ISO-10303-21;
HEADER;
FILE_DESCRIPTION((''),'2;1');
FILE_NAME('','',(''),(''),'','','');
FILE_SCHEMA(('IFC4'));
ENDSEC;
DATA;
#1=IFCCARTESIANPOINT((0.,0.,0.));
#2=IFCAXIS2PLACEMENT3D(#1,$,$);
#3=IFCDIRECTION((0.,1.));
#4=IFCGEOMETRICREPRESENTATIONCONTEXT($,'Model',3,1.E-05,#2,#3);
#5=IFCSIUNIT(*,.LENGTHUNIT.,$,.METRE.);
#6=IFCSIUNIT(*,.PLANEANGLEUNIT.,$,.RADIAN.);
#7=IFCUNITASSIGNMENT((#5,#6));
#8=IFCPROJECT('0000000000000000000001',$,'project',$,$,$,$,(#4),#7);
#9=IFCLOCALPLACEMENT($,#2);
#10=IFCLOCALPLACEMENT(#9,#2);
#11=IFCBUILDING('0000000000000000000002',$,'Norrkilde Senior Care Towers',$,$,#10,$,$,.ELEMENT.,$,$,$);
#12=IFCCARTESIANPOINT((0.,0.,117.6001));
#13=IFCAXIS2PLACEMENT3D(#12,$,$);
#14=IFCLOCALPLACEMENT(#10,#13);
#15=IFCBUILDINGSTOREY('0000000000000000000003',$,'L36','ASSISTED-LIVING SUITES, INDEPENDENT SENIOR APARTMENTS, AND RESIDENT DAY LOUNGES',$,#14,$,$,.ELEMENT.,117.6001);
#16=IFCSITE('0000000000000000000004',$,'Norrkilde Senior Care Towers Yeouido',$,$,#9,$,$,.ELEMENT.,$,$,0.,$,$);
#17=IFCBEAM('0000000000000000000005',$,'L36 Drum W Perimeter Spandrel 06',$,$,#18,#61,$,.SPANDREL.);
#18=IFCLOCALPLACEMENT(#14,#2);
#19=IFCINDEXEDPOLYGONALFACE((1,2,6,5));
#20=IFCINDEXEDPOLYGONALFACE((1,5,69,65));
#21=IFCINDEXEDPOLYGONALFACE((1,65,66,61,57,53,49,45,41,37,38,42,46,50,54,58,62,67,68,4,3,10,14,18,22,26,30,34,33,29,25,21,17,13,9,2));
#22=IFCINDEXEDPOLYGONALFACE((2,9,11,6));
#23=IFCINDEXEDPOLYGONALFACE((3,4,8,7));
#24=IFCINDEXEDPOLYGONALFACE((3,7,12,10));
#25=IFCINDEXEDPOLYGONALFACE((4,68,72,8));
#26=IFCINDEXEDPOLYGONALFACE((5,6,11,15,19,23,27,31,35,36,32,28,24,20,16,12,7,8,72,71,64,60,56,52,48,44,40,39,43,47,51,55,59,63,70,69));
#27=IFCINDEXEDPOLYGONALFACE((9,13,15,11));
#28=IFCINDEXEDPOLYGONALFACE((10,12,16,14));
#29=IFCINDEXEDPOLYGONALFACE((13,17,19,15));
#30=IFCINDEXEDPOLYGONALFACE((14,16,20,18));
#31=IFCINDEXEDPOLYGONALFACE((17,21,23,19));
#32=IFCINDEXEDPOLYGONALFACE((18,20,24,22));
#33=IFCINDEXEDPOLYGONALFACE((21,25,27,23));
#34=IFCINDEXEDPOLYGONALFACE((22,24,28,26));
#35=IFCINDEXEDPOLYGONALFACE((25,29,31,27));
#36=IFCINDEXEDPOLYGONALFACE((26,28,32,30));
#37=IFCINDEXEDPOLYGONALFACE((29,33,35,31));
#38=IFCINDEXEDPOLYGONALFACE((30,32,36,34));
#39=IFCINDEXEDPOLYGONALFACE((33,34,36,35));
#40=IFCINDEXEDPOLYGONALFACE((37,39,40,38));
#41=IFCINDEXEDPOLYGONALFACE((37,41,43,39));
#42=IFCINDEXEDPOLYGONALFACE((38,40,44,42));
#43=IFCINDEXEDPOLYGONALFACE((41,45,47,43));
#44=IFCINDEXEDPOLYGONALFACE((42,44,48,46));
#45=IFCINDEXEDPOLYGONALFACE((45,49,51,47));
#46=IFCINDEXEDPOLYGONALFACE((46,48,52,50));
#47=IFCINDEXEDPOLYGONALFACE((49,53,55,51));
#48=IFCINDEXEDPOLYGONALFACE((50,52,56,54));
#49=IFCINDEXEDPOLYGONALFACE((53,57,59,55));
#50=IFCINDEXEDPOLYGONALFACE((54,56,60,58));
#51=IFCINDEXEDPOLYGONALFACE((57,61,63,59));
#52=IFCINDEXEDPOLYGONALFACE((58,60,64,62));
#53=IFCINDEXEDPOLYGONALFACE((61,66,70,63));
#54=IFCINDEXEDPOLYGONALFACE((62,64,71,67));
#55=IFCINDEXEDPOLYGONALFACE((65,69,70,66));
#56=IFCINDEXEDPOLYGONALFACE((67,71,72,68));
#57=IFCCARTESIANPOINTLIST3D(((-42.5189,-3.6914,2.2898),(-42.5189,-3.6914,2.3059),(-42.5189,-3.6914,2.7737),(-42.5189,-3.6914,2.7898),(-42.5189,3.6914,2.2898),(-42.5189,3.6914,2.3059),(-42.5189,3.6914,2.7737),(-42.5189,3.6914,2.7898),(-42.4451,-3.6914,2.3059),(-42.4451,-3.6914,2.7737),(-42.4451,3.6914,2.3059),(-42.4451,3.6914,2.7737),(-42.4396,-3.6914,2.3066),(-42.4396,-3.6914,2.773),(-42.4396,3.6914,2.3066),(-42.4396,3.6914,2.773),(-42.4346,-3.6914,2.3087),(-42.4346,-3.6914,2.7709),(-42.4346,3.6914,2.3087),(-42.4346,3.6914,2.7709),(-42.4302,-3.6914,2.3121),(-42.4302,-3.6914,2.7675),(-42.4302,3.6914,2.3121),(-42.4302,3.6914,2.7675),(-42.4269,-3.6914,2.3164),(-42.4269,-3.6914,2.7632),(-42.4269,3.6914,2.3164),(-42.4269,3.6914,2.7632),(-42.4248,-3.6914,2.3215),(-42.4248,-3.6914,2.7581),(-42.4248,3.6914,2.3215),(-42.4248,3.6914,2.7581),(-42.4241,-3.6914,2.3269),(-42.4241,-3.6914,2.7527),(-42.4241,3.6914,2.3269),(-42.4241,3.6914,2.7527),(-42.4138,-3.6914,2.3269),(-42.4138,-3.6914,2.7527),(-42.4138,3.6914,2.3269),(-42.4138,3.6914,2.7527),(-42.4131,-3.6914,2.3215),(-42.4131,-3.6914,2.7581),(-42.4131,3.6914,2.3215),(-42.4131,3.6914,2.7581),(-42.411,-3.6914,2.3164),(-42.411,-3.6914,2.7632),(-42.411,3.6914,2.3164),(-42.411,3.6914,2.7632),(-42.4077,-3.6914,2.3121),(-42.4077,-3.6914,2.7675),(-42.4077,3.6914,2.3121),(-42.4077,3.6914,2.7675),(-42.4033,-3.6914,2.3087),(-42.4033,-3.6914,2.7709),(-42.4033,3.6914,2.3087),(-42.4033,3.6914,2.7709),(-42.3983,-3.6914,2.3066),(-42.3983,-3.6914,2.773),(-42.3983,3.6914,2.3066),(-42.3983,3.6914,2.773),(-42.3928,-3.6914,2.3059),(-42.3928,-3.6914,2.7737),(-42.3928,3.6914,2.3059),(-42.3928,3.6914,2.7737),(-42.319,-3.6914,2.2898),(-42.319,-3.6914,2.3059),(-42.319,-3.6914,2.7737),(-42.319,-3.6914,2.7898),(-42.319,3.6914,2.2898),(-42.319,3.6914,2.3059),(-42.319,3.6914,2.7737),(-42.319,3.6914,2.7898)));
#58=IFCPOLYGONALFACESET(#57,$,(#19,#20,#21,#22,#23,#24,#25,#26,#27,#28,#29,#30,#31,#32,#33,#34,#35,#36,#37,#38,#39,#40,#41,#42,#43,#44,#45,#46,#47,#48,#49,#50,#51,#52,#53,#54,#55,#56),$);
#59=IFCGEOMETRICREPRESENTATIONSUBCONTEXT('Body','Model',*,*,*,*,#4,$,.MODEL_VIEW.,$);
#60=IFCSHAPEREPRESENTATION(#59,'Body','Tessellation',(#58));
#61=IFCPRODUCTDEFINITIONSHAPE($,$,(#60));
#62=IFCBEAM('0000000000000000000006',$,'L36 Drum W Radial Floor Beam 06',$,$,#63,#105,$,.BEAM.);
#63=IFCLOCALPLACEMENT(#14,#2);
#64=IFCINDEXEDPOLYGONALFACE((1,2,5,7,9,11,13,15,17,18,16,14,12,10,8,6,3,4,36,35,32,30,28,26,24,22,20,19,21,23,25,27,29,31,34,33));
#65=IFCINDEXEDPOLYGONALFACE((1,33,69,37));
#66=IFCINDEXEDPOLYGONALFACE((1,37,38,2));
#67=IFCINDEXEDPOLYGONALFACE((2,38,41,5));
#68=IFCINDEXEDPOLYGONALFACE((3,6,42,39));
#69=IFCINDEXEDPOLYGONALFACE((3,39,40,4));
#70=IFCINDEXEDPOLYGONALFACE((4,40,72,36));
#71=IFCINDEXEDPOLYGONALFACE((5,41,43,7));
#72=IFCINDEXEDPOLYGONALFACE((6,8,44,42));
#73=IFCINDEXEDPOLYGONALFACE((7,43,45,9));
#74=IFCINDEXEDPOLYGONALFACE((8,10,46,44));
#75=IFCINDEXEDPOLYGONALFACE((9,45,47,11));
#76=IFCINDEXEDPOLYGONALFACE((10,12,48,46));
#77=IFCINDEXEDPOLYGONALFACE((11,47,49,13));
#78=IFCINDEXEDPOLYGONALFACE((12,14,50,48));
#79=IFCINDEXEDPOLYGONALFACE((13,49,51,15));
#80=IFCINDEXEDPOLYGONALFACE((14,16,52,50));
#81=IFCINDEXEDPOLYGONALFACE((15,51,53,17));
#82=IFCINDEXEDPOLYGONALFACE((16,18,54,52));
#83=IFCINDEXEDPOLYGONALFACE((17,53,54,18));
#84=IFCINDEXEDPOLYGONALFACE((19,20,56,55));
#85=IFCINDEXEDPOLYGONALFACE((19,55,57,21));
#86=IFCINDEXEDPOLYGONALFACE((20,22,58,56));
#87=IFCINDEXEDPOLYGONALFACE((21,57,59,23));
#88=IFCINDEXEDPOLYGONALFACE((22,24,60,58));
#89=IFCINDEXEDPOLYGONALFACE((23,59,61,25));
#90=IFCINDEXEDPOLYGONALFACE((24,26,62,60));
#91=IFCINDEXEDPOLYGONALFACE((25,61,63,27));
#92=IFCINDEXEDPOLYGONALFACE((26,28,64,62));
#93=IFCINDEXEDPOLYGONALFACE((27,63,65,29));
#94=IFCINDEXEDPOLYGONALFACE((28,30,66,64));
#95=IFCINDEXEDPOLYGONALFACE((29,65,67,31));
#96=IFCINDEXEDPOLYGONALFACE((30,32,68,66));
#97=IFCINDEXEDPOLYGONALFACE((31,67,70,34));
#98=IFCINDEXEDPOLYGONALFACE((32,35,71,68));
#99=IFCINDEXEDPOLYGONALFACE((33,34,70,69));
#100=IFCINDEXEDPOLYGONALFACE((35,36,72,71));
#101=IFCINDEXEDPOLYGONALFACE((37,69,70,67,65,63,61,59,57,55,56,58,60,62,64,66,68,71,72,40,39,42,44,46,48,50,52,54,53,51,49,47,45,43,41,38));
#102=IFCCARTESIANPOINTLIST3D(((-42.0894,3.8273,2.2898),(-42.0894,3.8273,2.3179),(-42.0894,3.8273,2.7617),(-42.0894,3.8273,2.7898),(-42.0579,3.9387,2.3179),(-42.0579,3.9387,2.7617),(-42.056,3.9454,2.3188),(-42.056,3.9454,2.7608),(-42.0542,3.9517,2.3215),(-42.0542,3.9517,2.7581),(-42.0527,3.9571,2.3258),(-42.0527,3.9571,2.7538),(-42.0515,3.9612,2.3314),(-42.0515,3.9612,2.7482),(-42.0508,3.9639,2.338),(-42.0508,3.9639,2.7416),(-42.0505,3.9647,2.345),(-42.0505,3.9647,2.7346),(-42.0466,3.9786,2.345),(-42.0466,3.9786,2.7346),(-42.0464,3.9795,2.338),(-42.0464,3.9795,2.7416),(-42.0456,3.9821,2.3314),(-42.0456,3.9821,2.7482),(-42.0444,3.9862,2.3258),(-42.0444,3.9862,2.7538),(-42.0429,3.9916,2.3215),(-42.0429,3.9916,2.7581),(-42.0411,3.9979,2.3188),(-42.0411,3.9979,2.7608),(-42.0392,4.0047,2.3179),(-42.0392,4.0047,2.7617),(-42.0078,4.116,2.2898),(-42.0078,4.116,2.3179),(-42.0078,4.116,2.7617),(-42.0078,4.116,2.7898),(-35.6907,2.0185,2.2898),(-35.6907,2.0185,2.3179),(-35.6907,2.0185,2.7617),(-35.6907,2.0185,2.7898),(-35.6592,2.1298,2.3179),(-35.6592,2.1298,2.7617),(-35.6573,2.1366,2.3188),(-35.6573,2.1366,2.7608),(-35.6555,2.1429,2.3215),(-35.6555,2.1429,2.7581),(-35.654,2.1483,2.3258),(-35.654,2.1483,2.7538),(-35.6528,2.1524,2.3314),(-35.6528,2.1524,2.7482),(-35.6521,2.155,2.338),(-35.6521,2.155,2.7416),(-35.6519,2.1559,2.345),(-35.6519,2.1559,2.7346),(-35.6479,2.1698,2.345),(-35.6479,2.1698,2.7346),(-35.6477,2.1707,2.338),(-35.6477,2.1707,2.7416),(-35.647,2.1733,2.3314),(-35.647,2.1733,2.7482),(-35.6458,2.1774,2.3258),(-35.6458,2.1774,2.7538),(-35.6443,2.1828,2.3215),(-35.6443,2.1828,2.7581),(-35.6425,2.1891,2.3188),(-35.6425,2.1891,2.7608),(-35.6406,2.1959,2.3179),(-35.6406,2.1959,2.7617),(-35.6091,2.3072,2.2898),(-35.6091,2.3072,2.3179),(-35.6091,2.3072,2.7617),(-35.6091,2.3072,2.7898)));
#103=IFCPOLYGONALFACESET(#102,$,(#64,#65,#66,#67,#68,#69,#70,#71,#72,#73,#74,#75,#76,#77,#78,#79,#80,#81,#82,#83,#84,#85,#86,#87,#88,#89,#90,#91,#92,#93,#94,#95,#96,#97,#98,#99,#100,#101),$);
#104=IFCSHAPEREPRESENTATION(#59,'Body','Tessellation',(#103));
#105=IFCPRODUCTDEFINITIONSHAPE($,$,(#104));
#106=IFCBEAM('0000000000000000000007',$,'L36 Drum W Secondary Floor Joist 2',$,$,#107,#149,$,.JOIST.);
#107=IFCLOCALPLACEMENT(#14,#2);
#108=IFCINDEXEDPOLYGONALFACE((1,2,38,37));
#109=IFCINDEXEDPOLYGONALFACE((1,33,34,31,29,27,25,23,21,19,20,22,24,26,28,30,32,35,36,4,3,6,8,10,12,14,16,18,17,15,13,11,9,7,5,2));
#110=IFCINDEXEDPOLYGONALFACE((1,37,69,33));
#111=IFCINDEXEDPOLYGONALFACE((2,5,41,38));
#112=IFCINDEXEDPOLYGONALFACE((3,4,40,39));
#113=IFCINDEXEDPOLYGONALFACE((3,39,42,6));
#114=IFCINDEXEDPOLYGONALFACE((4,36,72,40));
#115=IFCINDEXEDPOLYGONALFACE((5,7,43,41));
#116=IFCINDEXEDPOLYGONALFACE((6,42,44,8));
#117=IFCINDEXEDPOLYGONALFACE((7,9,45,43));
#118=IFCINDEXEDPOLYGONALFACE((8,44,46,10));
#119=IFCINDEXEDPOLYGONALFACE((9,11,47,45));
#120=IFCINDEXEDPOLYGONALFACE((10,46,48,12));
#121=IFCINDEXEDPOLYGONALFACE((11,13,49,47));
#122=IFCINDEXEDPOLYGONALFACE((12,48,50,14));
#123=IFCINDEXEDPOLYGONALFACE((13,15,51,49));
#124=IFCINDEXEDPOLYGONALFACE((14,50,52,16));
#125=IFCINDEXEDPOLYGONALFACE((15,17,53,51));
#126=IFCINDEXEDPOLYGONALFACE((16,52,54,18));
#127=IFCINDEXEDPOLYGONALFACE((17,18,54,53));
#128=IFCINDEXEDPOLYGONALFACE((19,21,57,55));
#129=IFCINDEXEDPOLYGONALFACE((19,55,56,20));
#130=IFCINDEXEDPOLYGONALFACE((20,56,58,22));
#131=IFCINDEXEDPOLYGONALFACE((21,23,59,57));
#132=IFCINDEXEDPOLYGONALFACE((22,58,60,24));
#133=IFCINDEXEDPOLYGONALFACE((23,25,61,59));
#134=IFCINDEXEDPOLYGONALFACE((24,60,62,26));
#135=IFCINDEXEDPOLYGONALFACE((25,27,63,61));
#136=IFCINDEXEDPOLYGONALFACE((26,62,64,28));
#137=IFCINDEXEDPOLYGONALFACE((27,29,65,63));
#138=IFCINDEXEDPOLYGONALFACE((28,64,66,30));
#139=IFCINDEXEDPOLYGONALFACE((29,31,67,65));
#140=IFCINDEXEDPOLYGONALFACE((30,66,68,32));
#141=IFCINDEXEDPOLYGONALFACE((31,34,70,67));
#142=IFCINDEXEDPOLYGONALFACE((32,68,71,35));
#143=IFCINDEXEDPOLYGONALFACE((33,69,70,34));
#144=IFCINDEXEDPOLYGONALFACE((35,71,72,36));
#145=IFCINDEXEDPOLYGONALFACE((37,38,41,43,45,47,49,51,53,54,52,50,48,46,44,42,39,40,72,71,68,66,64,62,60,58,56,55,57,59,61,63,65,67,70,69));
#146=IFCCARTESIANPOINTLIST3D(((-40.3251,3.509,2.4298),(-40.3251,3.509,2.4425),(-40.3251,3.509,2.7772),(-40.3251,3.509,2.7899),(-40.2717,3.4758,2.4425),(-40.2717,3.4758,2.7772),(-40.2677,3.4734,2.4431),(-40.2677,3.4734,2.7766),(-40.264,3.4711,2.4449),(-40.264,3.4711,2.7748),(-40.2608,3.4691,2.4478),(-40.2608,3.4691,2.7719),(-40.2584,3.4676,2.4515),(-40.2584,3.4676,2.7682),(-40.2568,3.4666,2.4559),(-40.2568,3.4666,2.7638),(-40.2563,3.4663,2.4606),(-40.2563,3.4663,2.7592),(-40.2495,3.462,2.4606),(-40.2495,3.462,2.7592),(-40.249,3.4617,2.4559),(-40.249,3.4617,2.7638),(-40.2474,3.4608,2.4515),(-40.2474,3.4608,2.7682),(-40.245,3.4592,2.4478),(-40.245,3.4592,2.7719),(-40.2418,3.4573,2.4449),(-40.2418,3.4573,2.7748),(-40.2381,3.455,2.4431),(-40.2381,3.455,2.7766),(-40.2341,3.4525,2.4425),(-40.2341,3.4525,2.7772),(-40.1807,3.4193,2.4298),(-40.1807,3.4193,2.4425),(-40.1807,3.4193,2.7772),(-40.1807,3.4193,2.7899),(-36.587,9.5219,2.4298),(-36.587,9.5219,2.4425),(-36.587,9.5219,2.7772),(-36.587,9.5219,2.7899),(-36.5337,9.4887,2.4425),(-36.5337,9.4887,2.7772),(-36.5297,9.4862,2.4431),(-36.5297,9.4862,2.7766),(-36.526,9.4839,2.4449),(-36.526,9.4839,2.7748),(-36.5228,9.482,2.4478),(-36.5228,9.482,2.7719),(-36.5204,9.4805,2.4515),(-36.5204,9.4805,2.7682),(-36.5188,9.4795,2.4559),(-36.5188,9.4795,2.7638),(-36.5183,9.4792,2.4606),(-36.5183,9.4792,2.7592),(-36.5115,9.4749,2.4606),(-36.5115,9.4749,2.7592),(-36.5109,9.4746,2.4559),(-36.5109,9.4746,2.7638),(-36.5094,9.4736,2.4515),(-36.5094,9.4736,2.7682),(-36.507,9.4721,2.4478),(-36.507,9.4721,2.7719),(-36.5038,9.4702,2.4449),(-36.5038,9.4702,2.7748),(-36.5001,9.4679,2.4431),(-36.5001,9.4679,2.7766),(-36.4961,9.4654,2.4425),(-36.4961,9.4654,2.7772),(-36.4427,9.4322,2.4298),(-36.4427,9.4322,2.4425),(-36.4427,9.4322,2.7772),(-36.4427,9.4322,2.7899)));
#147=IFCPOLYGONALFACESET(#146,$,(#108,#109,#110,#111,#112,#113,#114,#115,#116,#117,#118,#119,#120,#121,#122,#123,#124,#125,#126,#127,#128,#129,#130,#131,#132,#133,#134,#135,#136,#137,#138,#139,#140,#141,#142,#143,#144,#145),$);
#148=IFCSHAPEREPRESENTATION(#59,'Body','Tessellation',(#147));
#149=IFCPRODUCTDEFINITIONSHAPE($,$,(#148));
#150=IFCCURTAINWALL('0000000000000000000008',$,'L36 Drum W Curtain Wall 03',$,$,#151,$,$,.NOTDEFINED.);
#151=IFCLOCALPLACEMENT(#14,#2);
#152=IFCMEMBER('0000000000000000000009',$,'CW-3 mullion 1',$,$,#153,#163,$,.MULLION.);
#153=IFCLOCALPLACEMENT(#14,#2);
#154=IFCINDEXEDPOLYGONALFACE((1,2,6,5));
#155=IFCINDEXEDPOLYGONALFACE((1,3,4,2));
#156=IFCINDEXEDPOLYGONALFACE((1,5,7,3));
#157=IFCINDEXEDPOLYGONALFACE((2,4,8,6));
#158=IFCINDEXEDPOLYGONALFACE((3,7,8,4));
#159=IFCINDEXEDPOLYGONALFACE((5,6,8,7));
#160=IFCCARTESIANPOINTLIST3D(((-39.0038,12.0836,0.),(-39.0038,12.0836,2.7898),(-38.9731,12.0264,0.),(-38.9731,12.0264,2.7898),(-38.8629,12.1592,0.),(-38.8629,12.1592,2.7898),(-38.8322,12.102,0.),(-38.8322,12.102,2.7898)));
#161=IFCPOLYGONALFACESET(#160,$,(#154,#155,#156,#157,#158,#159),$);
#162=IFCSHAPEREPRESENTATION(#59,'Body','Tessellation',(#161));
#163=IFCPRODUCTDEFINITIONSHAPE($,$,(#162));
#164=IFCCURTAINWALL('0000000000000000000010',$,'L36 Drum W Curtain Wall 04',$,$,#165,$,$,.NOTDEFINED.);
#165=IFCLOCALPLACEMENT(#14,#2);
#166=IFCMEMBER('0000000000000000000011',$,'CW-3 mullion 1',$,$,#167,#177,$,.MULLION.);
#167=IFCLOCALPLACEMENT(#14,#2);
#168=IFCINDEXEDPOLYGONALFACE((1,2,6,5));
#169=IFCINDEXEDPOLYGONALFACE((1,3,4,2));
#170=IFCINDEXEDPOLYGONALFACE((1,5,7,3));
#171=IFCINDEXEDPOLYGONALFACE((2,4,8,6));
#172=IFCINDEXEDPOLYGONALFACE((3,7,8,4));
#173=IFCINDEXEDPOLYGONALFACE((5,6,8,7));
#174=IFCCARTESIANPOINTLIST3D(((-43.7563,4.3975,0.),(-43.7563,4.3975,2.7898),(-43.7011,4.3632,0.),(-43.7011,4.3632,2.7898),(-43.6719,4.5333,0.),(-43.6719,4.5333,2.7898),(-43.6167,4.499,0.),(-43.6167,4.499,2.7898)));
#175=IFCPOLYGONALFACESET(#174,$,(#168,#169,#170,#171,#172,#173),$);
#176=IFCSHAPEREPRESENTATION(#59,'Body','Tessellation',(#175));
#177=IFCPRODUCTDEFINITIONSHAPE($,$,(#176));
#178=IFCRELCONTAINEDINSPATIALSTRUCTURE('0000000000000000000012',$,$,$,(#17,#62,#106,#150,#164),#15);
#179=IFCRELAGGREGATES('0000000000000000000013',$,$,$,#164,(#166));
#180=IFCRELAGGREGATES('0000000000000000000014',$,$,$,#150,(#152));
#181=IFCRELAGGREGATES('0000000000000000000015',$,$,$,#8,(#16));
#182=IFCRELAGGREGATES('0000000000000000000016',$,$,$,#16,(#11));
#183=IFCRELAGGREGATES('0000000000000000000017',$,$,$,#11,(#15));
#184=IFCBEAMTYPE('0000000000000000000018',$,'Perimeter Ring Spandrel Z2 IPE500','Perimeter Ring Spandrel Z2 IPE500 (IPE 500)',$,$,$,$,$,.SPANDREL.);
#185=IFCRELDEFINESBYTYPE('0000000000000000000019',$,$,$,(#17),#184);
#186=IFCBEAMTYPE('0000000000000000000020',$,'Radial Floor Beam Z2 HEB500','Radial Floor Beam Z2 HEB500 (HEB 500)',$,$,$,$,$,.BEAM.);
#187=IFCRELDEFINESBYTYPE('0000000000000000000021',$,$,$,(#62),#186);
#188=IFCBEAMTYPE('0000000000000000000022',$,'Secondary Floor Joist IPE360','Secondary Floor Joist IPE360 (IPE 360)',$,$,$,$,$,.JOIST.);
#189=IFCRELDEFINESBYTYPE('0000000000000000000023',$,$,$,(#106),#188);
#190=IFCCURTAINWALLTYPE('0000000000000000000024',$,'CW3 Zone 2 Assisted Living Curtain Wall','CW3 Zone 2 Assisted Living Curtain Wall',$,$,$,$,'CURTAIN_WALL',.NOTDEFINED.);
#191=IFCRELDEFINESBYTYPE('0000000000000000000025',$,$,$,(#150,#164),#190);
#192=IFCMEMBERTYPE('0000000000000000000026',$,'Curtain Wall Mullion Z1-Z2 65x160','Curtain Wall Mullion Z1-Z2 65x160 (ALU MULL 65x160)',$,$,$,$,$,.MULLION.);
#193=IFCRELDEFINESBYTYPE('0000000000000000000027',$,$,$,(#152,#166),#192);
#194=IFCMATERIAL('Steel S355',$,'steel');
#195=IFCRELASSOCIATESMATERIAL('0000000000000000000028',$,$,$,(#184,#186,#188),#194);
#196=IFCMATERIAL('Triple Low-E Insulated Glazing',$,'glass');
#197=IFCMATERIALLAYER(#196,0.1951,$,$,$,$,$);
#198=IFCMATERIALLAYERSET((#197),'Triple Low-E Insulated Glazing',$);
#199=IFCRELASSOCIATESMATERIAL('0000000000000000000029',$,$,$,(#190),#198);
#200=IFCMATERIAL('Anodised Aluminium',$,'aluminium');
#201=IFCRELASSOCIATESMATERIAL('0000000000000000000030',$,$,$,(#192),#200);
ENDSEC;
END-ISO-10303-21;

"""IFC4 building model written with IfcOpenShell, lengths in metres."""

from ifc_helpers import new_model, si_unit, direction, frame, origin, origin_2d, place, context, subcontext, project, spatial, rectangle, i_section, extrude, source, transform, mapped, material, layer, layer_set, material_profile, profile_set, type_object, type_shapes, element, aggregate, save


model = new_model("IFC4")

# Units and contexts
model_context = context("Model", 3, precision=1e-05, world=origin(), true_north=direction((0.0, 1.0)))
body_context = subcontext(model_context, "Body", "Model", "MODEL_VIEW")
ifc_project = project(units=[si_unit("LENGTHUNIT", "METRE"), si_unit("PLANEANGLEUNIT", "RADIAN")], contexts=[model_context])

# Site, building, storey
site_placement = place(None, origin())
site = spatial("IfcSite", under=ifc_project, at=site_placement, Name="Norrkilde Senior Care Towers Yeouido", CompositionType="ELEMENT", RefElevation=0.0)
building_placement = place(site_placement, origin())
building = spatial("IfcBuilding", under=site, at=building_placement, Name="Norrkilde Senior Care Towers", CompositionType="ELEMENT")
storey_placement = place(building_placement, frame((0.0, 0.0, 117.6001)))
storey = spatial("IfcBuildingStorey", under=building, at=storey_placement, Name="L36", Description="ASSISTED-LIVING SUITES, INDEPENDENT SENIOR APARTMENTS, AND RESIDENT DAY LOUNGES", CompositionType="ELEMENT", Elevation=117.6001)

# Beams
ifc_material_1 = material(Name="Steel S355", Category="steel")
ifc_material_profile_1 = material_profile(ifc_material_1, i_section(OverallWidth=0.2, OverallDepth=0.5, WebThickness=0.0103, FlangeThickness=0.0161, FilletRadius=0.021, at=origin_2d()), Name="IPE 500")
ifc_profile_set_1 = profile_set([ifc_material_profile_1], Name="Steel S355")
beam_type_1 = type_object("IfcBeamType", Name="Perimeter Ring Spandrel Z2 IPE500", Description="Perimeter Ring Spandrel Z2 IPE500 (IPE 500)", PredefinedType="SPANDREL", material=ifc_profile_set_1)
shared_shape_1 = source(origin(), body_context, "Body", "SweptSolid", [
    extrude(i_section(OverallWidth=0.2, OverallDepth=0.5, WebThickness=0.0103, FlangeThickness=0.0161, FilletRadius=0.021, at=origin_2d()), origin(), (0.0, 0.0, 1.0), 7.3828),
])
beam_1_placement = place(storey_placement, frame((-42.4189, 3.6914, 2.5398), z_axis=(0.0, -1.0, 0.0), x_axis=(1.0, 0.0, 0.0)))
element("IfcBeam", 1, at=beam_1_placement, inside=storey, type_object=beam_type_1, Name="L36 Drum W Perimeter Spandrel 06", PredefinedType="SPANDREL", context=body_context, shape_type="MappedRepresentation", body=[
    mapped(shared_shape_1, transform((0.0, 0.0, 0.0), x_axis=(1.0, 0.0, 0.0), y_axis=(0.0, 1.0, 0.0), z_axis=(0.0, 0.0, 1.0), scale=1.0)),
])
ifc_material_profile_2 = material_profile(ifc_material_1, i_section(OverallWidth=0.3, OverallDepth=0.5, WebThickness=0.0144, FlangeThickness=0.0281, FilletRadius=0.0271, at=origin_2d()), Name="HEB 500")
ifc_profile_set_2 = profile_set([ifc_material_profile_2], Name="Steel S355")
beam_type_2 = type_object("IfcBeamType", Name="Radial Floor Beam Z2 HEB500", Description="Radial Floor Beam Z2 HEB500 (HEB 500)", PredefinedType="BEAM", material=ifc_profile_set_2)
shared_shape_2 = source(origin(), body_context, "Body", "SweptSolid", [
    extrude(i_section(OverallWidth=0.3, OverallDepth=0.5, WebThickness=0.0144, FlangeThickness=0.0281, FilletRadius=0.0271, at=origin_2d()), origin(), (0.0, 0.0, 1.0), 6.6494),
])
type_shapes(beam_type_2, [shared_shape_2])
beam_2_placement = place(storey_placement, frame((-35.6499, 2.1628, 2.5398), z_axis=(-0.962289, 0.272029, 0.0), x_axis=(-0.272029, -0.962289, 0.0)))
element("IfcBeam", 2, at=beam_2_placement, inside=storey, type_object=beam_type_2, Name="L36 Drum W Radial Floor Beam 06", PredefinedType="BEAM", context=body_context, shape_type="MappedRepresentation", body=[
    mapped(shared_shape_2, transform((0.0, 0.0, 0.0), x_axis=(1.0, 0.0, 0.0), y_axis=(0.0, 1.0, 0.0), z_axis=(0.0, 0.0, 1.0), scale=1.0)),
])
ifc_material_profile_3 = material_profile(ifc_material_1, i_section(OverallWidth=0.1699, OverallDepth=0.3601, WebThickness=0.0081, FlangeThickness=0.0127, FilletRadius=0.0181, at=origin_2d()), Name="IPE 360")
ifc_profile_set_3 = profile_set([ifc_material_profile_3], Name="Steel S355")
beam_type_3 = type_object("IfcBeamType", Name="Secondary Floor Joist IPE360", Description="Secondary Floor Joist IPE360 (IPE 360)", PredefinedType="JOIST", material=ifc_profile_set_3)
shared_shape_3 = source(origin(), body_context, "Body", "SweptSolid", [
    extrude(i_section(OverallWidth=0.1699, OverallDepth=0.3601, WebThickness=0.0081, FlangeThickness=0.0127, FilletRadius=0.0181, at=origin_2d()), origin(), (0.0, 0.0, 1.0), 7.0801),
])
type_shapes(beam_type_3, [shared_shape_3])
beam_3_placement = place(storey_placement, frame((-36.5149, 9.4771, 2.6099), z_axis=(-0.527961, -0.849269, 0.0), x_axis=(0.849269, -0.527961, 0.0)))
element("IfcBeam", 3, at=beam_3_placement, inside=storey, type_object=beam_type_3, Name="L36 Drum W Secondary Floor Joist 2", PredefinedType="JOIST", context=body_context, shape_type="MappedRepresentation", body=[
    mapped(shared_shape_3, transform((0.0, 0.0, 0.0), x_axis=(1.0, 0.0, 0.0), y_axis=(0.0, 1.0, 0.0), z_axis=(0.0, 0.0, 1.0), scale=1.0)),
])

# Curtain wall, member
ifc_material_2 = material(Name="Triple Low-E Insulated Glazing", Category="glass")
ifc_layer_1 = layer(ifc_material_2, 0.1951)
ifc_layer_set_1 = layer_set([ifc_layer_1], Name="Triple Low-E Insulated Glazing")
curtain_wall_type = type_object("IfcCurtainWallType", Name="CW3 Zone 2 Assisted Living Curtain Wall", Description="CW3 Zone 2 Assisted Living Curtain Wall", ElementType="CURTAIN_WALL", PredefinedType="NOTDEFINED", material=ifc_layer_set_1)
curtain_wall_1_placement = place(storey_placement, origin())
curtain_wall_1 = element("IfcCurtainWall", 4, at=curtain_wall_1_placement, inside=storey, type_object=curtain_wall_type, Name="L36 Drum W Curtain Wall 03", PredefinedType="NOTDEFINED")
ifc_material_3 = material(Name="Anodised Aluminium", Category="aluminium")
ifc_material_profile_4 = material_profile(ifc_material_3, rectangle(XDim=0.0649, YDim=0.1599, at=origin_2d()), Name="ALU MULL 65x160")
ifc_profile_set_4 = profile_set([ifc_material_profile_4], Name="Anodised Aluminium")
member_type_1 = type_object("IfcMemberType", Name="Curtain Wall Mullion Z1-Z2 65x160", Description="Curtain Wall Mullion Z1-Z2 65x160 (ALU MULL 65x160)", PredefinedType="MULLION", material=ifc_profile_set_4)
shared_shape_4 = source(origin(), body_context, "Body", "SweptSolid", [
    extrude(rectangle(XDim=0.0649, YDim=0.1599, at=origin_2d()), origin(), (0.0, 0.0, 1.0), 2.7898),
])
type_shapes(member_type_1, [shared_shape_4])
member_1_placement = place(storey_placement, frame((-38.918, 12.0928, 0.0), z_axis=(0.0, 0.0, 1.0), x_axis=(-0.472769, 0.881186, 0.0)))
member_1 = element("IfcMember", 5, at=member_1_placement, type_object=member_type_1, Name="CW-3 mullion 1", PredefinedType="MULLION", context=body_context, shape_type="MappedRepresentation", body=[
    mapped(shared_shape_4, transform((0.0, 0.0, 0.0), x_axis=(1.0, 0.0, 0.0), y_axis=(0.0, 1.0, 0.0), z_axis=(0.0, 0.0, 1.0), scale=1.0)),
])

# Curtain wall, member
curtain_wall_2_placement = place(storey_placement, origin())
curtain_wall_2 = element("IfcCurtainWall", 6, at=curtain_wall_2_placement, inside=storey, type_object=curtain_wall_type, Name="L36 Drum W Curtain Wall 04", PredefinedType="NOTDEFINED")
member_2_placement = place(storey_placement, frame((-43.6865, 4.4482, 0.0), z_axis=(0.0, 0.0, 1.0), x_axis=(-0.84941, 0.527733, 0.0)))
member_2 = element("IfcMember", 7, at=member_2_placement, type_object=member_type_1, Name="CW-3 mullion 1", PredefinedType="MULLION", context=body_context, shape_type="MappedRepresentation", body=[
    mapped(shared_shape_4, transform((0.0, 0.0, 0.0), x_axis=(1.0, 0.0, 0.0), y_axis=(0.0, 1.0, 0.0), z_axis=(0.0, 0.0, 1.0), scale=1.0)),
])

aggregate(curtain_wall_2, [member_2])
aggregate(curtain_wall_1, [member_1])

save(model, "model.ifc")
